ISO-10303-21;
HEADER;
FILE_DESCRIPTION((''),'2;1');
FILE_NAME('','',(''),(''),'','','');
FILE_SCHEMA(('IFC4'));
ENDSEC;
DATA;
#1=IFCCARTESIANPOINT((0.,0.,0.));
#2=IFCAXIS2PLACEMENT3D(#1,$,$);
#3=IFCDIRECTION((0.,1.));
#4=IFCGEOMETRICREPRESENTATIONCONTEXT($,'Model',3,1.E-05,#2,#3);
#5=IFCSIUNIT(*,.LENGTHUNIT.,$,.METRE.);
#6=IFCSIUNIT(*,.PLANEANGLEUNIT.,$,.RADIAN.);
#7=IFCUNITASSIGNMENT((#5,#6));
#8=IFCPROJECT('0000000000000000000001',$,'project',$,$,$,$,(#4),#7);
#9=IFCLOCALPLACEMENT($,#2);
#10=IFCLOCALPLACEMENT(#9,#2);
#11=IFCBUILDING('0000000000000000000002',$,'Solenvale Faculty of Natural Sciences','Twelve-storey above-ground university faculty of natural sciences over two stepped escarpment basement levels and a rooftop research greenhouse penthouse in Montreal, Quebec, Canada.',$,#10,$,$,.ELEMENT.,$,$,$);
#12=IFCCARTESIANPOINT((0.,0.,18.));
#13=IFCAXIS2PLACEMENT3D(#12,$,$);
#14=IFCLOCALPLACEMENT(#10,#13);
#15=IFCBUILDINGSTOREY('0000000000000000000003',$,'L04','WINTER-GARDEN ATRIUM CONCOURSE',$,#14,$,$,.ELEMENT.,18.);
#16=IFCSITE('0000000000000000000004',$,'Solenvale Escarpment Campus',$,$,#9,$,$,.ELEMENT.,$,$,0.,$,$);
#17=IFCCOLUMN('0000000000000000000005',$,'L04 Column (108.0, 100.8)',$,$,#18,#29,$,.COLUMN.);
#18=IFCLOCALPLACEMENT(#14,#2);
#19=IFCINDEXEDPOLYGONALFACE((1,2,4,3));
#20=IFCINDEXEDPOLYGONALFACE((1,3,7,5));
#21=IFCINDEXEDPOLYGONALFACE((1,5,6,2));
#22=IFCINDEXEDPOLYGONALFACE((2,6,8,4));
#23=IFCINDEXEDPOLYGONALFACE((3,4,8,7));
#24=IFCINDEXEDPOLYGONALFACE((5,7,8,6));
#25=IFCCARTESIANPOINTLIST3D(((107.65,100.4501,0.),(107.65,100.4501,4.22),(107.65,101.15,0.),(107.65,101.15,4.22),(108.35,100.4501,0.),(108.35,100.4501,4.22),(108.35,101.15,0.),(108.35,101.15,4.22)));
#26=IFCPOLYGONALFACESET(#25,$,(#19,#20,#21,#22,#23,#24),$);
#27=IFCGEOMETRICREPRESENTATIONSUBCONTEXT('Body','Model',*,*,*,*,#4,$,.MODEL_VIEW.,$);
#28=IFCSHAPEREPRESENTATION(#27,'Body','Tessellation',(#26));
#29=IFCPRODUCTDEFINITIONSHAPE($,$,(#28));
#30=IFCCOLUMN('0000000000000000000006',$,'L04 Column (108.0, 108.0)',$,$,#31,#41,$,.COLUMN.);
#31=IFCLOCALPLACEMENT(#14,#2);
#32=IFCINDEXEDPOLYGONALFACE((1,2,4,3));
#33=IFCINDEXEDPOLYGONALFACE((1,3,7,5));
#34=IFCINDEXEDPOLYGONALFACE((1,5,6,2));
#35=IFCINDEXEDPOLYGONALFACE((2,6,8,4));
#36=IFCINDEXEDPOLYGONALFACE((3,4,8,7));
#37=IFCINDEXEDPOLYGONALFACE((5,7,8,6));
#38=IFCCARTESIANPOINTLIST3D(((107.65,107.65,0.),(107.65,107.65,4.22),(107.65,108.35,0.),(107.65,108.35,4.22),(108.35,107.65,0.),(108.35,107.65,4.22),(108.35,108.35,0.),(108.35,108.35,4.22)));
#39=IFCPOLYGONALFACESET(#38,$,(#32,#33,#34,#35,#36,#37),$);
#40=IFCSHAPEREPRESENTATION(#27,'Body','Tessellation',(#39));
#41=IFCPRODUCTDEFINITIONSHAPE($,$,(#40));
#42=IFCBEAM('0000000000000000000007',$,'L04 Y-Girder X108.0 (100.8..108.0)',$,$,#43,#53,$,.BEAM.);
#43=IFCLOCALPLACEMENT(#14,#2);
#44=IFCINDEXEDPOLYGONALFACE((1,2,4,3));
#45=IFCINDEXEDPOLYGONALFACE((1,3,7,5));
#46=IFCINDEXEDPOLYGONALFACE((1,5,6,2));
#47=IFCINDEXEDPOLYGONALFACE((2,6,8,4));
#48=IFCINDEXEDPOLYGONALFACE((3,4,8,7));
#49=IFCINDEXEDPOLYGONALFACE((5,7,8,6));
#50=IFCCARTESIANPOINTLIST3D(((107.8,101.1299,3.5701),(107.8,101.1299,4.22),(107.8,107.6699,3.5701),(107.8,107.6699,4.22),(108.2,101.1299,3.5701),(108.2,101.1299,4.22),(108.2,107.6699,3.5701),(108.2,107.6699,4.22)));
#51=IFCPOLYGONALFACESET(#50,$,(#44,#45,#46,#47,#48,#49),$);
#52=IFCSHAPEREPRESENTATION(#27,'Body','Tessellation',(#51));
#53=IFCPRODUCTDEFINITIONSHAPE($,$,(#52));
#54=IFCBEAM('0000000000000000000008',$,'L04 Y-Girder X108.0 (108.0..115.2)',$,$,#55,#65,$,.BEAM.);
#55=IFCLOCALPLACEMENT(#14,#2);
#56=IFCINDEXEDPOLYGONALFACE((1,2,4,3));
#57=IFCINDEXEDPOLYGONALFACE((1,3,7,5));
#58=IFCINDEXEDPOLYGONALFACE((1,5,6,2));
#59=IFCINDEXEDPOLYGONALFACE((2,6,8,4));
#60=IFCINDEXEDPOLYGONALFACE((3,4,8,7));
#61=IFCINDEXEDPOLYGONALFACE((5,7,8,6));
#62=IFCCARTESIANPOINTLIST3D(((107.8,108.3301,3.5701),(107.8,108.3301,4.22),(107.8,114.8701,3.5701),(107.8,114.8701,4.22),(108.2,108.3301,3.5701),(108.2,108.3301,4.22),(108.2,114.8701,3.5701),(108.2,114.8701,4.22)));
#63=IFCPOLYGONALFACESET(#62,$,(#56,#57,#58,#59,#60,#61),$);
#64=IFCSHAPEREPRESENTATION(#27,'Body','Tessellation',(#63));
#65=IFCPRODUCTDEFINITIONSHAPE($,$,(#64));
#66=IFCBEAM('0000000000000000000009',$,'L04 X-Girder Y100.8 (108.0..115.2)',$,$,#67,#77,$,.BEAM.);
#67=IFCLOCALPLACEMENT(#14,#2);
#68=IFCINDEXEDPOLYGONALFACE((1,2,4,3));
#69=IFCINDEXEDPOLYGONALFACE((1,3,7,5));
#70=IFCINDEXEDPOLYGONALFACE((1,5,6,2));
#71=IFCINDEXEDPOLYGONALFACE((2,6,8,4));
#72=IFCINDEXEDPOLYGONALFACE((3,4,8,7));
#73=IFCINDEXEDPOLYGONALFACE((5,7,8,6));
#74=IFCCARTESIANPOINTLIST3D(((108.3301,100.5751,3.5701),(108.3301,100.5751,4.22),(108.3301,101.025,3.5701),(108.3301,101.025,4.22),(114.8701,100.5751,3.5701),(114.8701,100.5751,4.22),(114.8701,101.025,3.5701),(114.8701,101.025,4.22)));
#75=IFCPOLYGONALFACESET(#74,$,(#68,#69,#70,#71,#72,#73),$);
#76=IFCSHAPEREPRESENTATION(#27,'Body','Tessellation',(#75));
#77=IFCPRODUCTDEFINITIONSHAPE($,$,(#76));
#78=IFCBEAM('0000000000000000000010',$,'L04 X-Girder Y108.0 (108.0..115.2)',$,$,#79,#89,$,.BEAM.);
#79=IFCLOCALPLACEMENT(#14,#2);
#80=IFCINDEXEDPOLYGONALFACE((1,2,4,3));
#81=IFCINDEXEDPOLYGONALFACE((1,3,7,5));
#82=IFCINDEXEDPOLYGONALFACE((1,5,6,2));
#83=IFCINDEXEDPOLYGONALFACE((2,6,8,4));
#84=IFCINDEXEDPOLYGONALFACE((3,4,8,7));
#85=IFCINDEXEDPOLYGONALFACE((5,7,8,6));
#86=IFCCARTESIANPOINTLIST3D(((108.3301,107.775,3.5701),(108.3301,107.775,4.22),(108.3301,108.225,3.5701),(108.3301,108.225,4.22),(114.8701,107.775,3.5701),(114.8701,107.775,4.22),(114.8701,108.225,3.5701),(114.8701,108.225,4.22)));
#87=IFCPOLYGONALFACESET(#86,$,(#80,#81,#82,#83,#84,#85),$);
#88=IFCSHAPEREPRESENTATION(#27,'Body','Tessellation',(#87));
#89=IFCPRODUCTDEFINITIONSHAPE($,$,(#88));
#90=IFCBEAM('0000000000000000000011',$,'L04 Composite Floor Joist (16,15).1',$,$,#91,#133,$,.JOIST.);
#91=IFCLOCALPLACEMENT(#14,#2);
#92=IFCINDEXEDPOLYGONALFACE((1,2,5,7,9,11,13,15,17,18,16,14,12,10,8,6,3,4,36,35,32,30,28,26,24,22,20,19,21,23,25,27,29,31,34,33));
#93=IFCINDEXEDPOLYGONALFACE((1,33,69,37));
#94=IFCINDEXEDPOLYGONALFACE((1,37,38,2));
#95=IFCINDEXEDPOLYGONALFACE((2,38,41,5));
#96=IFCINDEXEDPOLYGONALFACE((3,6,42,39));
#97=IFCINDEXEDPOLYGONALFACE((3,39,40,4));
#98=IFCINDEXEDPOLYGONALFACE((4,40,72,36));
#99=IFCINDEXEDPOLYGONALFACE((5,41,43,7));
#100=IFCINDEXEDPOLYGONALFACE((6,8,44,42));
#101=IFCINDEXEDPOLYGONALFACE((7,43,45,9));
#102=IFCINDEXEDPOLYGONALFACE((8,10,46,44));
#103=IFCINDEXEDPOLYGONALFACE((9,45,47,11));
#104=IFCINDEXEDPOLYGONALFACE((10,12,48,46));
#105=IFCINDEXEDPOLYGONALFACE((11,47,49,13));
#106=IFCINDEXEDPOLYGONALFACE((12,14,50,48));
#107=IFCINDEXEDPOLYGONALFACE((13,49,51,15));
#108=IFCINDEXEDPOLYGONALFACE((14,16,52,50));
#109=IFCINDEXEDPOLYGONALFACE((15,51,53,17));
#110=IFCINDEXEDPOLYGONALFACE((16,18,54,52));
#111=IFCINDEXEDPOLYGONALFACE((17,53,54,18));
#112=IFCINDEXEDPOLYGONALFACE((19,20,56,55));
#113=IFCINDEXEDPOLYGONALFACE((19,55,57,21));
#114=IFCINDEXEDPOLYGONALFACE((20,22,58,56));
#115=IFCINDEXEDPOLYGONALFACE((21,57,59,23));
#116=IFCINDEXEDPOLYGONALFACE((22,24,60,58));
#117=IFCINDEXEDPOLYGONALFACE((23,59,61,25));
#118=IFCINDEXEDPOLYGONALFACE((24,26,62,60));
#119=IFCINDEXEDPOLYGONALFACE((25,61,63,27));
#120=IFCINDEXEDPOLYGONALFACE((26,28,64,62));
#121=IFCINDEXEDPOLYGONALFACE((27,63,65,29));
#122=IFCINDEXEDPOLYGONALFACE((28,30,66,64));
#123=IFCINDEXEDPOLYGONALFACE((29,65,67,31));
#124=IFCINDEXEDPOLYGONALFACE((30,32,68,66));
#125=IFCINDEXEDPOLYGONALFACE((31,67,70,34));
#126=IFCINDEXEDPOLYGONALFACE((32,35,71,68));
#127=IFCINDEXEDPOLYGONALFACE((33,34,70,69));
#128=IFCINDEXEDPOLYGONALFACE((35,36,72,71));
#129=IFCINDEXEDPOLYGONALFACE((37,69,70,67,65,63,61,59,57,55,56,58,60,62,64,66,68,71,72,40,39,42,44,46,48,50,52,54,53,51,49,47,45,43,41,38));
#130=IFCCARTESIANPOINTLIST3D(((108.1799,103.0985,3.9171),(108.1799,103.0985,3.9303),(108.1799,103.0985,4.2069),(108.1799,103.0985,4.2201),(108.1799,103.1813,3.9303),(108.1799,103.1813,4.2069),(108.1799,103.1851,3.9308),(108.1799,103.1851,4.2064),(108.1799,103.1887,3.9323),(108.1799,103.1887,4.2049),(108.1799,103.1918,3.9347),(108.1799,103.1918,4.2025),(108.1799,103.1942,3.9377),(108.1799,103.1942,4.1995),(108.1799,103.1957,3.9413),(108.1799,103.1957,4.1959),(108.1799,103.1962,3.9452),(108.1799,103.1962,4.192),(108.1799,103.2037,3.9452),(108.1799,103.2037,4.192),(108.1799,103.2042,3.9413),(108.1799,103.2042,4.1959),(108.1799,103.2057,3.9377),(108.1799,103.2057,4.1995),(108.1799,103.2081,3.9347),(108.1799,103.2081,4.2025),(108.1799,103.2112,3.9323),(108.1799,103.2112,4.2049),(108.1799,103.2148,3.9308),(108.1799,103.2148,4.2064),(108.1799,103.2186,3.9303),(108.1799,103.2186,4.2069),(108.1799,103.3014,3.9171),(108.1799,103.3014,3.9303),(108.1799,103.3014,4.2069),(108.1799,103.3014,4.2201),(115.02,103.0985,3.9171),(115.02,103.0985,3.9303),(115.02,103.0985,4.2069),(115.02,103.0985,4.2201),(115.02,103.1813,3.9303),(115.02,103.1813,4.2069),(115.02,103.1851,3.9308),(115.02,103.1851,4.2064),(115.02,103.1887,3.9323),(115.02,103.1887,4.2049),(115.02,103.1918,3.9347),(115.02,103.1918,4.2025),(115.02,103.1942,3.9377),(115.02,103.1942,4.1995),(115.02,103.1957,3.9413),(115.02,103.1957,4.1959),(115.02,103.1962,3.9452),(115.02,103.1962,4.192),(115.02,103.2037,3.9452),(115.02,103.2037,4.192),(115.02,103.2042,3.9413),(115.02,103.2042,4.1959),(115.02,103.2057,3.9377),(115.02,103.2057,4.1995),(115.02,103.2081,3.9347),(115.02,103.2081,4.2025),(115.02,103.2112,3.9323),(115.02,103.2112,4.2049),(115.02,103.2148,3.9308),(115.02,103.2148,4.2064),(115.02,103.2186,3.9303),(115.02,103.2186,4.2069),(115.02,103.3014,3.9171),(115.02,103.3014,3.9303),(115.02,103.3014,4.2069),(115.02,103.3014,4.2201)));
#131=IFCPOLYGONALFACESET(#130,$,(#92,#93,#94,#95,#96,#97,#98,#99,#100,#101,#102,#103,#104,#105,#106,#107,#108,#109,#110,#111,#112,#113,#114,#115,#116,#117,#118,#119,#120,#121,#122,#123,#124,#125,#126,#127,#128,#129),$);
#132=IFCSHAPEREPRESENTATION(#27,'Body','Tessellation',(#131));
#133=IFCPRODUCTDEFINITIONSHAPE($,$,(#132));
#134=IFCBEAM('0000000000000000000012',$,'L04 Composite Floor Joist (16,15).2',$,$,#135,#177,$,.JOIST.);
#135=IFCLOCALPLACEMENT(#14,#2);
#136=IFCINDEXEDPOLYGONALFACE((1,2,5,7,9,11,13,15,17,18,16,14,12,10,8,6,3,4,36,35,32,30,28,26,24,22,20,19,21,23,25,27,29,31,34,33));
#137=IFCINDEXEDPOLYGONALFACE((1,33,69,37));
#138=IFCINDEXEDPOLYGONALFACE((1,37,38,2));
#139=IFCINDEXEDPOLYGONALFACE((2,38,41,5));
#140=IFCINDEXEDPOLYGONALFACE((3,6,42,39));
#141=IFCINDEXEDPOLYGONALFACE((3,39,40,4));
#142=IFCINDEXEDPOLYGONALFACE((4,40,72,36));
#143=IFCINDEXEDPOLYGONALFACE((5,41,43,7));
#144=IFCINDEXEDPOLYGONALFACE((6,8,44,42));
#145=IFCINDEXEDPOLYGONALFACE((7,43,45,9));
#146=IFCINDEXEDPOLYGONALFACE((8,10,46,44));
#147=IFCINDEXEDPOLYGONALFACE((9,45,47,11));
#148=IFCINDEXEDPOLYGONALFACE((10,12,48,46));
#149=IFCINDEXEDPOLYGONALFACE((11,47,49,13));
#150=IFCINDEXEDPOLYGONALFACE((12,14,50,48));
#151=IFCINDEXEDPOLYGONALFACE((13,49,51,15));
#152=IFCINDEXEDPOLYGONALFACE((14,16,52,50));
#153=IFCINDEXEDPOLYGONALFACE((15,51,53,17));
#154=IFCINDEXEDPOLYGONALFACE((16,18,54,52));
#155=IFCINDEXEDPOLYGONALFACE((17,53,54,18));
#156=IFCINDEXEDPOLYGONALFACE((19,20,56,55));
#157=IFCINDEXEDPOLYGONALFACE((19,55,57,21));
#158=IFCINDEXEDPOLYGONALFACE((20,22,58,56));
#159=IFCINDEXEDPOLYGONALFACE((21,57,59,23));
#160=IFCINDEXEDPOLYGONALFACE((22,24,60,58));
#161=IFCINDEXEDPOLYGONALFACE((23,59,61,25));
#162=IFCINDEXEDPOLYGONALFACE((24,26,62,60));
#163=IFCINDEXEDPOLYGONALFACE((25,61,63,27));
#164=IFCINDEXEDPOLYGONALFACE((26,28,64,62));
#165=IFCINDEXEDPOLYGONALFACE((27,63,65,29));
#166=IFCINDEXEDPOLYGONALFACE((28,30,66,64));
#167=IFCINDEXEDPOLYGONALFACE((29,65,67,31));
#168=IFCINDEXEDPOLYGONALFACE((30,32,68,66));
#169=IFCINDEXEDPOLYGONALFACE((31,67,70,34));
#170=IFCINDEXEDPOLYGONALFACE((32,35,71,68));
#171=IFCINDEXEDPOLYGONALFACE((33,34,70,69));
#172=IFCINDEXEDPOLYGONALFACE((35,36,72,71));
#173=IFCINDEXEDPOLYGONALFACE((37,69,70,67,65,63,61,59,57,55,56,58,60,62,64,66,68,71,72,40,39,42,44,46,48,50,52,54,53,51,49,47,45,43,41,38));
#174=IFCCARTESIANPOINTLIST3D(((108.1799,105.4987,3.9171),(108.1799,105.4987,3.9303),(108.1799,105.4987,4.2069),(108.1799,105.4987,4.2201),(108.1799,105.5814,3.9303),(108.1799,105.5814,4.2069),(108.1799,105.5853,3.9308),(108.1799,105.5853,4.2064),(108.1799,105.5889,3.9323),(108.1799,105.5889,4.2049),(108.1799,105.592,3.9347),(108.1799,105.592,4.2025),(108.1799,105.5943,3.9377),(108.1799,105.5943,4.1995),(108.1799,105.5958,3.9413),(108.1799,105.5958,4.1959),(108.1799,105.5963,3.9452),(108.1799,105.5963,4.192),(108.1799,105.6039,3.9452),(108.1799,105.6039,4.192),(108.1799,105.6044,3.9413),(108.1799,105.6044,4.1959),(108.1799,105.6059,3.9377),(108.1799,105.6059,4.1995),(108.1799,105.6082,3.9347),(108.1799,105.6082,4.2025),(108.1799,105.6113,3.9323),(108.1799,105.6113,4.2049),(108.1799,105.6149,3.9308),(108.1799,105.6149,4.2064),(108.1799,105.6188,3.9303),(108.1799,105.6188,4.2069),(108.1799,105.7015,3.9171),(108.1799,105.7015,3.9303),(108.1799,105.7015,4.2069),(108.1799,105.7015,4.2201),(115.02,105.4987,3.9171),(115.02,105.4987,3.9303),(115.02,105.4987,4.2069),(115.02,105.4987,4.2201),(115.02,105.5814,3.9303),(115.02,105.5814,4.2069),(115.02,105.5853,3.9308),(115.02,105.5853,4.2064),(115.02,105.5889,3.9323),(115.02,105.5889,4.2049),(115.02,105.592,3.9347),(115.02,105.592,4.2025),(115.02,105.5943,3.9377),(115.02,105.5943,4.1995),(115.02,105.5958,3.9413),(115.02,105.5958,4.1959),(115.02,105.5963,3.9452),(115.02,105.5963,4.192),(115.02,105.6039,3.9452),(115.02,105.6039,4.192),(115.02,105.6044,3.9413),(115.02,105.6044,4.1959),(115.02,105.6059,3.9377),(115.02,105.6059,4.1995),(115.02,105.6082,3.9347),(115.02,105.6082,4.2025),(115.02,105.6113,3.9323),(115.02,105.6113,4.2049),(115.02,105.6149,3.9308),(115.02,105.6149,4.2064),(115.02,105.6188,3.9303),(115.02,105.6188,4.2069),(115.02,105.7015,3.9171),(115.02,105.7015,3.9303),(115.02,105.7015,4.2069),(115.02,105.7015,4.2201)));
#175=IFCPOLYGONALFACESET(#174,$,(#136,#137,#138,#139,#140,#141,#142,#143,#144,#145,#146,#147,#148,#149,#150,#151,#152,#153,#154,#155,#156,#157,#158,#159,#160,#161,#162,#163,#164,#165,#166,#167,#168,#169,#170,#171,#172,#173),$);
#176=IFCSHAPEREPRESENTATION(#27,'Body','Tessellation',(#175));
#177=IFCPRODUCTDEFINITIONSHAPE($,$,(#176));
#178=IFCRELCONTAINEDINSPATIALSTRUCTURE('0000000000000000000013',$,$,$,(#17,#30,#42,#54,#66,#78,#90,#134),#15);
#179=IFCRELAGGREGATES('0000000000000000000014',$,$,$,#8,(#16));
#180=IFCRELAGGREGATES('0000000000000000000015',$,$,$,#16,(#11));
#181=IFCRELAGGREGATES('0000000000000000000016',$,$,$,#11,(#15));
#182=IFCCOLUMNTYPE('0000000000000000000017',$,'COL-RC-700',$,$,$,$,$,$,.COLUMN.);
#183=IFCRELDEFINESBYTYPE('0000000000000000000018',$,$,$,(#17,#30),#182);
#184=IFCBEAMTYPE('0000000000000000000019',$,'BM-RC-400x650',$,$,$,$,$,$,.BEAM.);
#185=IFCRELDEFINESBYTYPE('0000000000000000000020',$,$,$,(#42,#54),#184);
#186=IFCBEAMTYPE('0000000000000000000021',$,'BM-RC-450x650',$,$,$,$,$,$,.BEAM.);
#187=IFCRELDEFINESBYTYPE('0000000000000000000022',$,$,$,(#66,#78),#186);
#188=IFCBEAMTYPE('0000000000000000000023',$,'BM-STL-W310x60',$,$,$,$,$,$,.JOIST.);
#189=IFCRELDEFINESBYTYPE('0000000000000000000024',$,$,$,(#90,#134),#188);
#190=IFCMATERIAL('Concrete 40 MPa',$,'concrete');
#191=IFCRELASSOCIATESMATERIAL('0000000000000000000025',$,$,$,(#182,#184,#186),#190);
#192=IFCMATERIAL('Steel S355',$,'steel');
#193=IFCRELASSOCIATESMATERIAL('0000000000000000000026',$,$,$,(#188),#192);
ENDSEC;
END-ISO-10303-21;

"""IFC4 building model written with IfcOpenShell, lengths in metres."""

from ifc_helpers import new_model, si_unit, direction, frame, origin, origin_2d, place, context, subcontext, project, spatial, rectangle, i_section, extrude, material, material_profile, profile_set, type_object, element, save


model = new_model("IFC4")

# Units and contexts
model_context = context("Model", 3, precision=1e-05, world=origin(), true_north=direction((0.0, 1.0)))
body_context = subcontext(model_context, "Body", "Model", "MODEL_VIEW")
ifc_project = project(units=[si_unit("LENGTHUNIT", "METRE"), si_unit("PLANEANGLEUNIT", "RADIAN")], contexts=[model_context])

# Site, building, storey
site_placement = place(None, origin())
site = spatial("IfcSite", under=ifc_project, at=site_placement, Name="Solenvale Escarpment Campus", CompositionType="ELEMENT", RefElevation=0.0)
building_placement = place(site_placement, origin())
building = spatial("IfcBuilding", under=site, at=building_placement, Name="Solenvale Faculty of Natural Sciences", Description="Twelve-storey above-ground university faculty of natural sciences over two stepped escarpment basement levels and a rooftop research greenhouse penthouse in Montreal, Quebec, Canada.", CompositionType="ELEMENT")
storey_placement = place(building_placement, frame((0.0, 0.0, 18.0)))
storey = spatial("IfcBuildingStorey", under=building, at=storey_placement, Name="L04", Description="WINTER-GARDEN ATRIUM CONCOURSE", CompositionType="ELEMENT", Elevation=18.0)

# Columns
ifc_material_1 = material(Name="Concrete 40 MPa", Category="concrete")
ifc_material_profile_1 = material_profile(ifc_material_1, rectangle(XDim=0.7, YDim=0.7, at=origin_2d()), Name="RC-COL-700x700")
ifc_profile_set_1 = profile_set([ifc_material_profile_1], Name="Concrete 40 MPa")
column_type = type_object("IfcColumnType", Name="COL-RC-700", PredefinedType="COLUMN", material=ifc_profile_set_1)
for number, where, z_axis, x_axis, name in (
    (1, (108.0, 100.8, 0.0), (0.0, 0.0, 1.0), (1.0, 0.0, 0.0), "L04 Column (108.0, 100.8)"),
    (2, (108.0, 108.0, 0.0), (0.0, 0.0, 1.0), (1.0, 0.0, 0.0), "L04 Column (108.0, 108.0)"),
):
    element("IfcColumn", number, at=place(storey_placement, frame(where, z_axis=z_axis, x_axis=x_axis)), inside=storey, type_object=column_type, Name=name, PredefinedType="COLUMN", context=body_context, shape_type="SweptSolid", body=[
        extrude(rectangle(XDim=0.7, YDim=0.7, at=origin_2d()), origin(), (0.0, 0.0, 1.0), 4.22),
    ])

# Beams
ifc_material_profile_2 = material_profile(ifc_material_1, rectangle(XDim=0.3999, YDim=0.6499, at=origin_2d()), Name="RC-BM-400x650")
ifc_profile_set_2 = profile_set([ifc_material_profile_2], Name="Concrete 40 MPa")
beam_type_1 = type_object("IfcBeamType", Name="BM-RC-400x650", PredefinedType="BEAM", material=ifc_profile_set_2)
for number, where, z_axis, x_axis, name in (
    (3, (108.0, 101.1299, 3.895), (0.0, 1.0, 0.0), (-1.0, 0.0, 0.0), "L04 Y-Girder X108.0 (100.8..108.0)"),
    (4, (108.0, 108.3301, 3.895), (0.0, 1.0, 0.0), (-1.0, 0.0, 0.0), "L04 Y-Girder X108.0 (108.0..115.2)"),
):
    element("IfcBeam", number, at=place(storey_placement, frame(where, z_axis=z_axis, x_axis=x_axis)), inside=storey, type_object=beam_type_1, Name=name, PredefinedType="BEAM", context=body_context, shape_type="SweptSolid", body=[
        extrude(rectangle(XDim=0.3999, YDim=0.6499, at=origin_2d()), origin(), (0.0, 0.0, 1.0), 6.54),
    ])
ifc_material_profile_3 = material_profile(ifc_material_1, rectangle(XDim=0.45, YDim=0.6499, at=origin_2d()), Name="RC-BM-450x650")
ifc_profile_set_3 = profile_set([ifc_material_profile_3], Name="Concrete 40 MPa")
beam_type_2 = type_object("IfcBeamType", Name="BM-RC-450x650", PredefinedType="BEAM", material=ifc_profile_set_3)
for number, where, z_axis, x_axis, name in (
    (5, (108.3301, 100.8, 3.895), (1.0, 0.0, 0.0), (0.0, 1.0, 0.0), "L04 X-Girder Y100.8 (108.0..115.2)"),
    (6, (108.3301, 108.0, 3.895), (1.0, 0.0, 0.0), (0.0, 1.0, 0.0), "L04 X-Girder Y108.0 (108.0..115.2)"),
):
    element("IfcBeam", number, at=place(storey_placement, frame(where, z_axis=z_axis, x_axis=x_axis)), inside=storey, type_object=beam_type_2, Name=name, PredefinedType="BEAM", context=body_context, shape_type="SweptSolid", body=[
        extrude(rectangle(XDim=0.45, YDim=0.6499, at=origin_2d()), origin(), (0.0, 0.0, 1.0), 6.54),
    ])
ifc_material_2 = material(Name="Steel S355", Category="steel")
ifc_material_profile_4 = material_profile(ifc_material_2, i_section(OverallWidth=0.2029, OverallDepth=0.303, WebThickness=0.0076, FlangeThickness=0.0132, FilletRadius=0.0149, at=origin_2d()), Name="W310x60")
ifc_profile_set_4 = profile_set([ifc_material_profile_4], Name="Steel S355")
beam_type_3 = type_object("IfcBeamType", Name="BM-STL-W310x60", PredefinedType="JOIST", material=ifc_profile_set_4)
for number, where, z_axis, x_axis, name in (
    (7, (108.1799, 103.2, 4.0686), (1.0, 0.0, 0.0), (0.0, 1.0, 0.0), "L04 Composite Floor Joist (16,15).1"),
    (8, (108.1799, 105.6001, 4.0686), (1.0, 0.0, 0.0), (0.0, 1.0, 0.0), "L04 Composite Floor Joist (16,15).2"),
):
    element("IfcBeam", number, at=place(storey_placement, frame(where, z_axis=z_axis, x_axis=x_axis)), inside=storey, type_object=beam_type_3, Name=name, PredefinedType="JOIST", context=body_context, shape_type="SweptSolid", body=[
        extrude(i_section(OverallWidth=0.2029, OverallDepth=0.303, WebThickness=0.0076, FlangeThickness=0.0132, FilletRadius=0.0149, at=origin_2d()), origin(), (0.0, 0.0, 1.0), 6.8401),
    ])

save(model, "model.ifc")
